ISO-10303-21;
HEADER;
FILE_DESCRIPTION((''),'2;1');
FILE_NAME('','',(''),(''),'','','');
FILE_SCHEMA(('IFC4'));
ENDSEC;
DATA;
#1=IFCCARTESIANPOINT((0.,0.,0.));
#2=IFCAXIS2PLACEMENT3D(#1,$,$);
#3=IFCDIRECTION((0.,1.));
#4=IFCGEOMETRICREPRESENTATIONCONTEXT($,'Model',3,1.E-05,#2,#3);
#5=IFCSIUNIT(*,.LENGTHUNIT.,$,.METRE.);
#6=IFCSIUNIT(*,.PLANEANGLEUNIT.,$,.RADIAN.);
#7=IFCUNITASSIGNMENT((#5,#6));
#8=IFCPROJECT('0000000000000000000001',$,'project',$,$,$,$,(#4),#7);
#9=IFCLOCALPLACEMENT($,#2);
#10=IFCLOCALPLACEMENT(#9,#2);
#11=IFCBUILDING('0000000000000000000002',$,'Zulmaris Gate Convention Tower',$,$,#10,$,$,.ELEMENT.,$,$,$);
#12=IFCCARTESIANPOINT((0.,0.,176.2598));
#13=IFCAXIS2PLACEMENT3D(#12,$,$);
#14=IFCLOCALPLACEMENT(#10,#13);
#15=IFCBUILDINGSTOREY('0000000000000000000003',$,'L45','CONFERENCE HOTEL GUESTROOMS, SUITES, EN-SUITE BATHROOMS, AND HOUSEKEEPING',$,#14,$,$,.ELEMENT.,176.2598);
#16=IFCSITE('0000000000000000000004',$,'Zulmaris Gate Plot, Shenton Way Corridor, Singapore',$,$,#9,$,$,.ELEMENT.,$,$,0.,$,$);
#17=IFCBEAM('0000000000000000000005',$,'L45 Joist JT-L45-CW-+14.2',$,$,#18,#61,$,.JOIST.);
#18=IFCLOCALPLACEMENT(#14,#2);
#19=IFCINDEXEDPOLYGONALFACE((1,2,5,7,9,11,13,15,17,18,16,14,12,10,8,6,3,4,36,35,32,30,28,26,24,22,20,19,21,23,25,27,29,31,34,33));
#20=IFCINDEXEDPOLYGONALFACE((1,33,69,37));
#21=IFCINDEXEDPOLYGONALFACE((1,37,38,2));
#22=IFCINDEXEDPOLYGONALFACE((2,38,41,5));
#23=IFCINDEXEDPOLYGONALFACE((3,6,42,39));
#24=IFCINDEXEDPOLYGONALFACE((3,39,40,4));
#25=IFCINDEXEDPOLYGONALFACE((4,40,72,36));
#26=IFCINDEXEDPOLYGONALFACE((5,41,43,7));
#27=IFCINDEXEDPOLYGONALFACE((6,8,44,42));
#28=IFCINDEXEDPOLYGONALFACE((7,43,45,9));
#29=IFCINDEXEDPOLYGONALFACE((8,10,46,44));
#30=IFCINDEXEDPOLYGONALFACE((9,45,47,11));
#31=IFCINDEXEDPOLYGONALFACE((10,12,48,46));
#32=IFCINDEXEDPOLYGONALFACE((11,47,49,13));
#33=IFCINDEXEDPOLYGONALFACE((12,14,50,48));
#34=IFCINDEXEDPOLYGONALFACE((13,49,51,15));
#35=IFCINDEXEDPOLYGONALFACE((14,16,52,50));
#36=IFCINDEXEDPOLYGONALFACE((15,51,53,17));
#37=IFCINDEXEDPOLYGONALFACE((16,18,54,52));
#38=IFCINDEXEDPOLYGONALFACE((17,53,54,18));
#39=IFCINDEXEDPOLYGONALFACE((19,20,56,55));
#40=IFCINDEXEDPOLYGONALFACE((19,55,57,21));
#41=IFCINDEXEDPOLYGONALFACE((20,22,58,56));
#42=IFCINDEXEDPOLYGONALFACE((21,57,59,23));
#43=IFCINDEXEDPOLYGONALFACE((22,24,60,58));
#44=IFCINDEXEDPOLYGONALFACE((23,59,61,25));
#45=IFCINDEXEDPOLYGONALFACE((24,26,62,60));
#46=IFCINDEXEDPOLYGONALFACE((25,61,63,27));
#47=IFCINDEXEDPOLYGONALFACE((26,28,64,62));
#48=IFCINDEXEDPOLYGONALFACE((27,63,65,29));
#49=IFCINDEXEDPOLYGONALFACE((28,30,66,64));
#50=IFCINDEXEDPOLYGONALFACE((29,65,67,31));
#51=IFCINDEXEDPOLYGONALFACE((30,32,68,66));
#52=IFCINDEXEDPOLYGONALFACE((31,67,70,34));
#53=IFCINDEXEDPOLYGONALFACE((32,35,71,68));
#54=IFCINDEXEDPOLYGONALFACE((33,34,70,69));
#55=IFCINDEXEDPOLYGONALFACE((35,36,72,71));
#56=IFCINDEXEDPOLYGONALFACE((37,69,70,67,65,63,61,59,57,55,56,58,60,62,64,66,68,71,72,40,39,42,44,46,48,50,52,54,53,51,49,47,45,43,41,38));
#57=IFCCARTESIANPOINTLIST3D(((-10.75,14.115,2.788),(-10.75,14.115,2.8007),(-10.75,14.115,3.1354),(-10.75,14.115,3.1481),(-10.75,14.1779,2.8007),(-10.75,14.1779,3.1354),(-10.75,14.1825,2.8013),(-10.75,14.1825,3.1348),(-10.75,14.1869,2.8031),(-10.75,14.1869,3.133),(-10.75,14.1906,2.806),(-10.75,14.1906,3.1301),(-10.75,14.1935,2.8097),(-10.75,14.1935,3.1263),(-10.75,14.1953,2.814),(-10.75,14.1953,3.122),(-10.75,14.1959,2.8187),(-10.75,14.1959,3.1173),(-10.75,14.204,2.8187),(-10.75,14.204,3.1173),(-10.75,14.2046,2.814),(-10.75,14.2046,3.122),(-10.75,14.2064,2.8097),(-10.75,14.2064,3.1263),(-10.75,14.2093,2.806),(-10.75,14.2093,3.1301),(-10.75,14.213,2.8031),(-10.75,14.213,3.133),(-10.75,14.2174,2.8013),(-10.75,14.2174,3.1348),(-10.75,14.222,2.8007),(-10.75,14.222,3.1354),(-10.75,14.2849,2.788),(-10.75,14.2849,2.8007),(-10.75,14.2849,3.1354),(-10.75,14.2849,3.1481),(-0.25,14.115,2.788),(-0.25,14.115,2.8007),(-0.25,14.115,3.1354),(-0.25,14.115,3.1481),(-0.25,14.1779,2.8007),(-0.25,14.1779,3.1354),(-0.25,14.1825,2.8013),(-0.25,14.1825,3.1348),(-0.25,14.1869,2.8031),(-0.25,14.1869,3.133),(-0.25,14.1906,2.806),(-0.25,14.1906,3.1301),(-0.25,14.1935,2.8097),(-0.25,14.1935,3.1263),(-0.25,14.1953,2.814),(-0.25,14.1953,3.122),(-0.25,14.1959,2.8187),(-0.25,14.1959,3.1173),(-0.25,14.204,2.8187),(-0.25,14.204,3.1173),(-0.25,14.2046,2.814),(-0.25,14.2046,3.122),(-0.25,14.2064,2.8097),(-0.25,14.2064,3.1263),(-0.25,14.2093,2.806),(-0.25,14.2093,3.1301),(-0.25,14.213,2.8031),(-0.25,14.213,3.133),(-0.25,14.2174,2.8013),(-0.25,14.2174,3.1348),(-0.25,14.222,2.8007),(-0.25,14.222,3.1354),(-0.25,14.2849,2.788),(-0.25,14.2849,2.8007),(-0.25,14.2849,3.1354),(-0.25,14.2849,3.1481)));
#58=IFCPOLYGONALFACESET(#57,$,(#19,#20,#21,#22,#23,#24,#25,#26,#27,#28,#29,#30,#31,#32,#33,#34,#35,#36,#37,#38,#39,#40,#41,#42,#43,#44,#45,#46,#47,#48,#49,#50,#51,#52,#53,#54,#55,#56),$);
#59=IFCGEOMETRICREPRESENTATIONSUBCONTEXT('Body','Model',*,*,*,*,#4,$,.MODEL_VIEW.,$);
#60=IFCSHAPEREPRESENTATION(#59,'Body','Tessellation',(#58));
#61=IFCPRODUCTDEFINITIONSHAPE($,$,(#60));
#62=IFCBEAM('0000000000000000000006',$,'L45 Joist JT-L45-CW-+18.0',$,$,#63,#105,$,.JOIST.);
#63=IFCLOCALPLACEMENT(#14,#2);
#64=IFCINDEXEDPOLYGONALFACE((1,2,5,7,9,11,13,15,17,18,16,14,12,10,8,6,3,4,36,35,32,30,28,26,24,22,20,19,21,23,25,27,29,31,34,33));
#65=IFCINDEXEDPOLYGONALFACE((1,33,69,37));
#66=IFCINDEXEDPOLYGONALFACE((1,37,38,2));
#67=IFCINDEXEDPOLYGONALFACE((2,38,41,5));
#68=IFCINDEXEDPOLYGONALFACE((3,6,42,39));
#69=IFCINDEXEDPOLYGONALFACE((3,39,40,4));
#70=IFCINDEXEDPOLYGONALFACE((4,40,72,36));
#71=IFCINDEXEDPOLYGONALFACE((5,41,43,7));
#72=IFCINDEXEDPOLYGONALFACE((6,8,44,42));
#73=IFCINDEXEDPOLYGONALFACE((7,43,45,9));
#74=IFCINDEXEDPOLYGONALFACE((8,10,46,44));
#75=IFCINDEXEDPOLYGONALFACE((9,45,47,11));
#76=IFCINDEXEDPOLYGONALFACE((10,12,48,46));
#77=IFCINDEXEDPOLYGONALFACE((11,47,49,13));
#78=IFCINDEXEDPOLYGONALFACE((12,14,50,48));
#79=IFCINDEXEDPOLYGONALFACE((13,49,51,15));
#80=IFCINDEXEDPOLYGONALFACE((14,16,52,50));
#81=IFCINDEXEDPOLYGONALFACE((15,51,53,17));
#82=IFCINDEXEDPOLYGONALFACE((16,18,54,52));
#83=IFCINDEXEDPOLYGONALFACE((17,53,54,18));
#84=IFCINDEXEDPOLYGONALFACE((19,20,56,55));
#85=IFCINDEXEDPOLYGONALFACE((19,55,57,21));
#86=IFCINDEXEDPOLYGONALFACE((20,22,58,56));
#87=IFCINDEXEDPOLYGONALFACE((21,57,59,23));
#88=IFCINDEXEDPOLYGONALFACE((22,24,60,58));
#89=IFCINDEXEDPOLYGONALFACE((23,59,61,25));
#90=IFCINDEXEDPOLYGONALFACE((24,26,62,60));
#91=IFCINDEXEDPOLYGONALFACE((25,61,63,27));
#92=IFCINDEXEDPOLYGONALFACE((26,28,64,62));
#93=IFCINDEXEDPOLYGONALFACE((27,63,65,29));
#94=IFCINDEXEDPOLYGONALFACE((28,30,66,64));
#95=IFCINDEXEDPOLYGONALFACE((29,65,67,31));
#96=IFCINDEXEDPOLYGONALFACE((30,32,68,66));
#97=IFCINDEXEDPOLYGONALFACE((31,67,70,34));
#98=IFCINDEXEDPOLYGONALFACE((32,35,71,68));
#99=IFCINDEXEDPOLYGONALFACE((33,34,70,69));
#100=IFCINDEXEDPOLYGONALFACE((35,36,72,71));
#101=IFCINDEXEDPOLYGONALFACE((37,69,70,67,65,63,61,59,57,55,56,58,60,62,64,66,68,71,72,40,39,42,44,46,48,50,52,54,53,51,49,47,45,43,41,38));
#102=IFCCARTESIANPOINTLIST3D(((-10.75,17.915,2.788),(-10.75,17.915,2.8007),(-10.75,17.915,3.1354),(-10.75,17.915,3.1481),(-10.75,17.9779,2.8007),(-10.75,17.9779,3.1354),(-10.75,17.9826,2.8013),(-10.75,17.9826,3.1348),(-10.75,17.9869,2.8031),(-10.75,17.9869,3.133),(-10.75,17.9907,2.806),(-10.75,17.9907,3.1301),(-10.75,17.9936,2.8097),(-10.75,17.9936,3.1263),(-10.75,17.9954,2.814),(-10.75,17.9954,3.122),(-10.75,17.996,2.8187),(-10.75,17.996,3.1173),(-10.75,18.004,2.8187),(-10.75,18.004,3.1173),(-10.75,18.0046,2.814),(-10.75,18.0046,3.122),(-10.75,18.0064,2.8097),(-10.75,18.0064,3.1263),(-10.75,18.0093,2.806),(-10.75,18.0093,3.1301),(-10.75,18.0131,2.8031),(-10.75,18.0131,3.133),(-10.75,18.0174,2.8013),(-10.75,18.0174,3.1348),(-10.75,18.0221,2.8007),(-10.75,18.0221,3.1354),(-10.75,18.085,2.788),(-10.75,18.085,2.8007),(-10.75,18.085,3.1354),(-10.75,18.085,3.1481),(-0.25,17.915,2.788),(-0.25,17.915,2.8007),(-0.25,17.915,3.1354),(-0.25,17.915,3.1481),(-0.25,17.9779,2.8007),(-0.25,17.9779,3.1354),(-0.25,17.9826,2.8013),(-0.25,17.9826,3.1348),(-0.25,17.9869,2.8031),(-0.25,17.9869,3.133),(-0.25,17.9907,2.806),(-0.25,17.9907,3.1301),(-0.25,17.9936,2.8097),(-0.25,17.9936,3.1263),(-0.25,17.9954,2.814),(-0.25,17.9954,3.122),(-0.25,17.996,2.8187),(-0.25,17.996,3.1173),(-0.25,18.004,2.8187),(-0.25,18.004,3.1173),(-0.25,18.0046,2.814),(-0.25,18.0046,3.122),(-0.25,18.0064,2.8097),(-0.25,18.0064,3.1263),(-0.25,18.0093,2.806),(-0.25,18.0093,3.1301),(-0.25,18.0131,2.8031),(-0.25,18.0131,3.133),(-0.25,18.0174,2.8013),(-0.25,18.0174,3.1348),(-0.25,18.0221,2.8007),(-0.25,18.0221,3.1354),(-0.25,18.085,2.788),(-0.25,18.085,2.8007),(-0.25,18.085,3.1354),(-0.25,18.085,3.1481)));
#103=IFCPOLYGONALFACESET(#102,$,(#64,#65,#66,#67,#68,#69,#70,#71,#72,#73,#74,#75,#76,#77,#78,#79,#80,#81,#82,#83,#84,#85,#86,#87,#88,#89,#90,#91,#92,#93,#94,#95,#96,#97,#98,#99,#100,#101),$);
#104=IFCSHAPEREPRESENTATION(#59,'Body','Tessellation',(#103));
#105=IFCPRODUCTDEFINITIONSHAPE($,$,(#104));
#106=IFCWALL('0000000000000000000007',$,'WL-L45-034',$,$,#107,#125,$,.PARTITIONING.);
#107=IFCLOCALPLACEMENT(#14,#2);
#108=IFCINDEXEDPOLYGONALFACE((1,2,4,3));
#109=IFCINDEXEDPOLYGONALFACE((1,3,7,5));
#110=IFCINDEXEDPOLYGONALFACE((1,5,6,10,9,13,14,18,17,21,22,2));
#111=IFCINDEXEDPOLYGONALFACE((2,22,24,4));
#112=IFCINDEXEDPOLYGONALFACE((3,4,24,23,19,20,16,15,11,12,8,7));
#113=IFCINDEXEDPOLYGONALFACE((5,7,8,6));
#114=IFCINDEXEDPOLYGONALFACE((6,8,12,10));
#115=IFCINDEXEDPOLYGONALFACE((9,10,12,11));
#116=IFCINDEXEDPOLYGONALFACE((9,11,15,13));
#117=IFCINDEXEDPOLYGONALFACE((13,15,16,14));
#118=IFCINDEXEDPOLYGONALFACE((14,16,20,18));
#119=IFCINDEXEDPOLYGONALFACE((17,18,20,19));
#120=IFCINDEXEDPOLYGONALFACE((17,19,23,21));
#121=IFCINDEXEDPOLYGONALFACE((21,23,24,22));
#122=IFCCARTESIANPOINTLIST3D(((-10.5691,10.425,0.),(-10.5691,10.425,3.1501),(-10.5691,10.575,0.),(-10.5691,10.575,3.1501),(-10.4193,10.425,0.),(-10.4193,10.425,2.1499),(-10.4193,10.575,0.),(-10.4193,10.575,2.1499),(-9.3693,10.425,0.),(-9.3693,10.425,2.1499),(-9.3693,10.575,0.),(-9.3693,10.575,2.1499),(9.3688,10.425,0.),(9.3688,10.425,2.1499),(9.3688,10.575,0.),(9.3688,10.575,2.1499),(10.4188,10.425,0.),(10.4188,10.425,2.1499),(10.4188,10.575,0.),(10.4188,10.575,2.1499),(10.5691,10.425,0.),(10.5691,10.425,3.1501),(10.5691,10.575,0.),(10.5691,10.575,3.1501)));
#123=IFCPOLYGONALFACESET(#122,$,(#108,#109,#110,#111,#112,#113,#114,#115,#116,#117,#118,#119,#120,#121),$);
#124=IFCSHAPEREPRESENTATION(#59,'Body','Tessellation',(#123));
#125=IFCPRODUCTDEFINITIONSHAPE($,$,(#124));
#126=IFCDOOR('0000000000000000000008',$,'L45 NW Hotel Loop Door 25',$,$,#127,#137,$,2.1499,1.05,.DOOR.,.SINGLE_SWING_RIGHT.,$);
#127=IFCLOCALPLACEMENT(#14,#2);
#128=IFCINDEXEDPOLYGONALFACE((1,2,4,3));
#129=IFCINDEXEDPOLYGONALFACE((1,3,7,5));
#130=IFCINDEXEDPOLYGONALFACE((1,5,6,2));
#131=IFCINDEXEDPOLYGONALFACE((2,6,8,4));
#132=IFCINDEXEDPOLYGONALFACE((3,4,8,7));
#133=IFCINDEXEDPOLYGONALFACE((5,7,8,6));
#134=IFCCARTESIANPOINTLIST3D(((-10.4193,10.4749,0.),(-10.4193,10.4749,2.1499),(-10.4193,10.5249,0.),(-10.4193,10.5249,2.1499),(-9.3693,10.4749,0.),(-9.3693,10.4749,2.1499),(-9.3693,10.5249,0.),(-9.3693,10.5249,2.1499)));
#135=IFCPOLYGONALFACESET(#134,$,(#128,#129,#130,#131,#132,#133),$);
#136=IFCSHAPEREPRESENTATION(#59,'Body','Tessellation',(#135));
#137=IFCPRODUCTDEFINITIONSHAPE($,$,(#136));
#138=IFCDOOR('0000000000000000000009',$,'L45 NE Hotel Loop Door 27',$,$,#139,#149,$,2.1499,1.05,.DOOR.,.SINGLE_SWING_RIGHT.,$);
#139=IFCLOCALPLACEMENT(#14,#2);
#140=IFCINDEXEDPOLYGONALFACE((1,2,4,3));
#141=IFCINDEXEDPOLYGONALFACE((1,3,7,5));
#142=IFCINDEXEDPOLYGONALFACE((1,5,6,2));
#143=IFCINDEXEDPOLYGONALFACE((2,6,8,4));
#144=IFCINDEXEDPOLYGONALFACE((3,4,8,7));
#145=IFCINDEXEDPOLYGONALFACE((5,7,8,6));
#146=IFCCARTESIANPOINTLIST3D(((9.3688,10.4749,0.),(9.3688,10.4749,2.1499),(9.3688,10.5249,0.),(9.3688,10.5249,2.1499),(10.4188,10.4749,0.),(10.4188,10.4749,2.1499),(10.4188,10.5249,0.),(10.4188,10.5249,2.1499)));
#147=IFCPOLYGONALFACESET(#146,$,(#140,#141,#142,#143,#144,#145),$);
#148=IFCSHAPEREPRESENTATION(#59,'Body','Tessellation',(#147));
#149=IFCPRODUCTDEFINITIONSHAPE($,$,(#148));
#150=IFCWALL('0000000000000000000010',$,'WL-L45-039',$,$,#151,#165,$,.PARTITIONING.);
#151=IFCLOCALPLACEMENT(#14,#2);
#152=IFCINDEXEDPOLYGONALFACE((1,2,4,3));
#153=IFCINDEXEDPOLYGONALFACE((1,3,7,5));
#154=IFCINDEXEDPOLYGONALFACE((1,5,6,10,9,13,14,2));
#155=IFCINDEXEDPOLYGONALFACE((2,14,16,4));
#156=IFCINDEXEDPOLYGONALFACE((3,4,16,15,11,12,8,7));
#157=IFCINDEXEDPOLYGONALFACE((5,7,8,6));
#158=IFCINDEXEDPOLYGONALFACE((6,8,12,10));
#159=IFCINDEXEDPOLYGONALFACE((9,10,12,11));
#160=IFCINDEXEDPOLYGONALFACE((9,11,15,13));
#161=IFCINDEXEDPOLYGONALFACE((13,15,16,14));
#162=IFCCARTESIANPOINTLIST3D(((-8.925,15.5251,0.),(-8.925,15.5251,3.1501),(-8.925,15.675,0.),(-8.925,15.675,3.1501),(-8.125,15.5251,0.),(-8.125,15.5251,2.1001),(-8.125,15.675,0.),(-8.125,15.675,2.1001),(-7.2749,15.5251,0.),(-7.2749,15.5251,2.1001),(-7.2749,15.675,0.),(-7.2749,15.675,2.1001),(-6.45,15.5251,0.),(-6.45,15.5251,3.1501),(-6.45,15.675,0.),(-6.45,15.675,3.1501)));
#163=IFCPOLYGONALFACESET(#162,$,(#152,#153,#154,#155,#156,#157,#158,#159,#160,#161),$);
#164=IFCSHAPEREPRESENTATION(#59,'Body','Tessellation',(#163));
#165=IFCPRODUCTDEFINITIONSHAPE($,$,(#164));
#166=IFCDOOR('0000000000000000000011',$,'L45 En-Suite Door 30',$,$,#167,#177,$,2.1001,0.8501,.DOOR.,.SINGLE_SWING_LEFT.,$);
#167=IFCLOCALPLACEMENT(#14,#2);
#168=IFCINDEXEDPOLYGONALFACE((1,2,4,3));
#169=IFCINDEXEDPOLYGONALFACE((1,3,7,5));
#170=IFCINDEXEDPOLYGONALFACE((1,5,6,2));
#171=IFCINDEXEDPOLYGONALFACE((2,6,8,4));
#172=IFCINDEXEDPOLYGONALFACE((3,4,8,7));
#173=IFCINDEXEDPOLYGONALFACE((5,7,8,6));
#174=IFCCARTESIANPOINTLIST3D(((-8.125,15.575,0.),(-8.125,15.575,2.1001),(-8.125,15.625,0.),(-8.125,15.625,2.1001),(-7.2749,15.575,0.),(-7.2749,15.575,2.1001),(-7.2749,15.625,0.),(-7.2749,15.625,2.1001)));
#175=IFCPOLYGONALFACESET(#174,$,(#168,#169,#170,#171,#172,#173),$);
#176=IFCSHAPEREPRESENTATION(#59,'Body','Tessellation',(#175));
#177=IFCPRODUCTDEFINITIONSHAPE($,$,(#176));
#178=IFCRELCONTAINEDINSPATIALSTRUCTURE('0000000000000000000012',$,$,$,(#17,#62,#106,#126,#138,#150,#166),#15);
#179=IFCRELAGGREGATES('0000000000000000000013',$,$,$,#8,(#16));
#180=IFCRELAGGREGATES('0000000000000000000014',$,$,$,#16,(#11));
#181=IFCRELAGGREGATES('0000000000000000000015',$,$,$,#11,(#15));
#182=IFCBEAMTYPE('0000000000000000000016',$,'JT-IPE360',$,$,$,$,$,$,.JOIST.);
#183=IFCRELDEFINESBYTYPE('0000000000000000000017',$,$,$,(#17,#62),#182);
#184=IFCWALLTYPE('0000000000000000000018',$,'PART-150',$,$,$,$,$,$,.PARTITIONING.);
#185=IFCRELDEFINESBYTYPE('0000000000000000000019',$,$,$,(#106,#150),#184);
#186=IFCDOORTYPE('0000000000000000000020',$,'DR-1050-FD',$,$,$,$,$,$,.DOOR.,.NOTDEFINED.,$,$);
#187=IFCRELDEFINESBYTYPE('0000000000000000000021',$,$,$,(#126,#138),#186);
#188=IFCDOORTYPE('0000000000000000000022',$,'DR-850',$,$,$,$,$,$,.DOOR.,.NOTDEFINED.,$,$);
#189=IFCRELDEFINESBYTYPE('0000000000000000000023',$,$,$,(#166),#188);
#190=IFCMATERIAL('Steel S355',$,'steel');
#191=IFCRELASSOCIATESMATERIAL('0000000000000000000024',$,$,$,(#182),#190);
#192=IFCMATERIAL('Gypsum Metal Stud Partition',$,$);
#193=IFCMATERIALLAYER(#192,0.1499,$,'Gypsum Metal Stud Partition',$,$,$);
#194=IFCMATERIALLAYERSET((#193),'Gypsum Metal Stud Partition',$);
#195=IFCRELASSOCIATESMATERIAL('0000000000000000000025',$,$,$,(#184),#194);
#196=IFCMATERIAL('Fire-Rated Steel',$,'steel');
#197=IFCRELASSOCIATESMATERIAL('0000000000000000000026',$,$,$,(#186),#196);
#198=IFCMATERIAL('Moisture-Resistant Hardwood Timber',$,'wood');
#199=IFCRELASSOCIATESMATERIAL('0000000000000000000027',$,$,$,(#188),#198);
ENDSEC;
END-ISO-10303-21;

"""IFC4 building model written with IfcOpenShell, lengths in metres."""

from ifc_helpers import new_model, si_unit, direction, frame, frame_2d, origin, origin_2d, place, context, subcontext, project, spatial, rectangle, i_section, extrude, material, layer, layer_set, material_profile, profile_set, type_object, element, fill, save


model = new_model("IFC4")

# Units and contexts
model_context = context("Model", 3, precision=1e-05, world=origin(), true_north=direction((0.0, 1.0)))
body_context = subcontext(model_context, "Body", "Model", "MODEL_VIEW")
ifc_project = project(units=[si_unit("LENGTHUNIT", "METRE"), si_unit("PLANEANGLEUNIT", "RADIAN")], contexts=[model_context])

# Site, building, storey
site_placement = place(None, origin())
site = spatial("IfcSite", under=ifc_project, at=site_placement, Name="Zulmaris Gate Plot, Shenton Way Corridor, Singapore", CompositionType="ELEMENT", RefElevation=0.0)
building_placement = place(site_placement, origin())
building = spatial("IfcBuilding", under=site, at=building_placement, Name="Zulmaris Gate Convention Tower", CompositionType="ELEMENT")
storey_placement = place(building_placement, frame((0.0, 0.0, 176.2598)))
storey = spatial("IfcBuildingStorey", under=building, at=storey_placement, Name="L45", Description="CONFERENCE HOTEL GUESTROOMS, SUITES, EN-SUITE BATHROOMS, AND HOUSEKEEPING", CompositionType="ELEMENT", Elevation=176.2598)

# Beams
ifc_material_1 = material(Name="Steel S355", Category="steel")
ifc_material_profile_1 = material_profile(ifc_material_1, i_section(OverallWidth=0.1699, OverallDepth=0.3601, WebThickness=0.0081, FlangeThickness=0.0127, FilletRadius=0.0181, at=origin_2d()), Name="IPE 360")
ifc_profile_set_1 = profile_set([ifc_material_profile_1], Name="Steel S355")
beam_type_1 = type_object("IfcBeamType", Name="JT-IPE360", PredefinedType="JOIST", material=ifc_profile_set_1)
for number, where, z_axis, x_axis, name in (
    (1, (-10.75, 14.2, 2.968), (1.0, 0.0, 0.0), (0.0, 1.0, 0.0), "L45 Joist JT-L45-CW-+14.2"),
    (2, (-10.75, 18.0, 2.968), (1.0, 0.0, 0.0), (0.0, 1.0, 0.0), "L45 Joist JT-L45-CW-+18.0"),
):
    element("IfcBeam", number, at=place(storey_placement, frame(where, z_axis=z_axis, x_axis=x_axis)), inside=storey, type_object=beam_type_1, Name=name, PredefinedType="JOIST", context=body_context, shape_type="SweptSolid", body=[
        extrude(i_section(OverallWidth=0.1699, OverallDepth=0.3601, WebThickness=0.0081, FlangeThickness=0.0127, FilletRadius=0.0181, at=origin_2d()), origin(), (0.0, 0.0, 1.0), 10.5),
    ])

# Wall, openings, doors
ifc_material_2 = material(Name="Gypsum Metal Stud Partition")
ifc_layer_1 = layer(ifc_material_2, 0.1499, Name="Gypsum Metal Stud Partition")
ifc_layer_set_1 = layer_set([ifc_layer_1], Name="Gypsum Metal Stud Partition")
wall_type_1 = type_object("IfcWallType", Name="PART-150", PredefinedType="PARTITIONING", material=ifc_layer_set_1)
wall_1_placement = place(storey_placement, frame((-10.5691, 10.5, 0.0), z_axis=(0.0, 0.0, 1.0), x_axis=(1.0, 0.0, 0.0)))
wall_1 = element("IfcWall", 3, at=wall_1_placement, inside=storey, type_object=wall_type_1, Name="WL-L45-034", PredefinedType="PARTITIONING", context=body_context, shape_type="SweptSolid", body=[
    extrude(rectangle(XDim=21.1382, YDim=0.1499, at=frame_2d((10.5691, 0.0))), origin(), (0.0, 0.0, 1.0), 3.1501),
])
opening_1_placement = place(wall_1_placement, frame((0.1499, 0.0, 0.0)))
opening_1 = element("IfcOpeningElement", 4, at=opening_1_placement, cuts=wall_1, PredefinedType="OPENING", context=body_context, shape_type="SweptSolid", body=[
    extrude(rectangle(XDim=1.05, YDim=2.1499, at=frame_2d((0.5249, 1.075))), frame((0.0, 0.085, 0.0), z_axis=(0.0, -1.0, 0.0), x_axis=(1.0, 0.0, 0.0)), (0.0, 0.0, 1.0), 0.1699),
])
opening_2_placement = place(wall_1_placement, frame((19.938, 0.0, 0.0)))
opening_2 = element("IfcOpeningElement", 5, at=opening_2_placement, cuts=wall_1, PredefinedType="OPENING", context=body_context, shape_type="SweptSolid", body=[
    extrude(rectangle(XDim=1.05, YDim=2.1499, at=frame_2d((0.5249, 1.075))), frame((0.0, 0.085, 0.0), z_axis=(0.0, -1.0, 0.0), x_axis=(1.0, 0.0, 0.0)), (0.0, 0.0, 1.0), 0.1699),
])
ifc_material_3 = material(Name="Fire-Rated Steel", Category="steel")
door_type_1 = type_object("IfcDoorType", Name="DR-1050-FD", OperationType="NOTDEFINED", PredefinedType="DOOR", material=ifc_material_3)
door_1_placement = place(opening_1_placement, origin())
door_1 = element("IfcDoor", 6, at=door_1_placement, inside=storey, type_object=door_type_1, Name="L45 NW Hotel Loop Door 25", OperationType="SINGLE_SWING_RIGHT", OverallHeight=2.1499, OverallWidth=1.05, PredefinedType="DOOR", context=body_context, shape_type="SweptSolid", body=[
    extrude(rectangle(XDim=1.05, YDim=2.1499, at=frame_2d((0.5249, 1.075))), frame((0.0, 0.0249, 0.0), z_axis=(0.0, -1.0, 0.0), x_axis=(1.0, 0.0, 0.0)), (0.0, 0.0, 1.0), 0.05),
])
fill(opening_1, door_1)
door_2_placement = place(opening_2_placement, origin())
door_2 = element("IfcDoor", 7, at=door_2_placement, inside=storey, type_object=door_type_1, Name="L45 NE Hotel Loop Door 27", OperationType="SINGLE_SWING_RIGHT", OverallHeight=2.1499, OverallWidth=1.05, PredefinedType="DOOR", context=body_context, shape_type="SweptSolid", body=[
    extrude(rectangle(XDim=1.05, YDim=2.1499, at=frame_2d((0.5249, 1.075))), frame((0.0, 0.0249, 0.0), z_axis=(0.0, -1.0, 0.0), x_axis=(1.0, 0.0, 0.0)), (0.0, 0.0, 1.0), 0.05),
])
fill(opening_2, door_2)

# Wall, opening, door
wall_2_placement = place(storey_placement, frame((-8.925, 15.6001, 0.0), z_axis=(0.0, 0.0, 1.0), x_axis=(1.0, 0.0, 0.0)))
wall_2 = element("IfcWall", 8, at=wall_2_placement, inside=storey, type_object=wall_type_1, Name="WL-L45-039", PredefinedType="PARTITIONING", context=body_context, shape_type="SweptSolid", body=[
    extrude(rectangle(XDim=2.4751, YDim=0.1499, at=frame_2d((1.2375, 0.0))), origin(), (0.0, 0.0, 1.0), 3.1501),
])
opening_3_placement = place(wall_2_placement, frame((0.8, 0.0, 0.0)))
opening_3 = element("IfcOpeningElement", 9, at=opening_3_placement, cuts=wall_2, PredefinedType="OPENING", context=body_context, shape_type="SweptSolid", body=[
    extrude(rectangle(XDim=0.8501, YDim=2.1001, at=frame_2d((0.425, 1.05))), frame((0.0, 0.085, 0.0), z_axis=(0.0, -1.0, 0.0), x_axis=(1.0, 0.0, 0.0)), (0.0, 0.0, 1.0), 0.1699),
])
ifc_material_4 = material(Name="Moisture-Resistant Hardwood Timber", Category="wood")
door_type_2 = type_object("IfcDoorType", Name="DR-850", OperationType="NOTDEFINED", PredefinedType="DOOR", material=ifc_material_4)
door_3_placement = place(opening_3_placement, origin())
door_3 = element("IfcDoor", 10, at=door_3_placement, inside=storey, type_object=door_type_2, Name="L45 En-Suite Door 30", OperationType="SINGLE_SWING_LEFT", OverallHeight=2.1001, OverallWidth=0.8501, PredefinedType="DOOR", context=body_context, shape_type="SweptSolid", body=[
    extrude(rectangle(XDim=0.8501, YDim=2.1001, at=frame_2d((0.425, 1.05))), frame((0.0, 0.0249, 0.0), z_axis=(0.0, -1.0, 0.0), x_axis=(1.0, 0.0, 0.0)), (0.0, 0.0, 1.0), 0.05),
])
fill(opening_3, door_3)

save(model, "model.ifc")
